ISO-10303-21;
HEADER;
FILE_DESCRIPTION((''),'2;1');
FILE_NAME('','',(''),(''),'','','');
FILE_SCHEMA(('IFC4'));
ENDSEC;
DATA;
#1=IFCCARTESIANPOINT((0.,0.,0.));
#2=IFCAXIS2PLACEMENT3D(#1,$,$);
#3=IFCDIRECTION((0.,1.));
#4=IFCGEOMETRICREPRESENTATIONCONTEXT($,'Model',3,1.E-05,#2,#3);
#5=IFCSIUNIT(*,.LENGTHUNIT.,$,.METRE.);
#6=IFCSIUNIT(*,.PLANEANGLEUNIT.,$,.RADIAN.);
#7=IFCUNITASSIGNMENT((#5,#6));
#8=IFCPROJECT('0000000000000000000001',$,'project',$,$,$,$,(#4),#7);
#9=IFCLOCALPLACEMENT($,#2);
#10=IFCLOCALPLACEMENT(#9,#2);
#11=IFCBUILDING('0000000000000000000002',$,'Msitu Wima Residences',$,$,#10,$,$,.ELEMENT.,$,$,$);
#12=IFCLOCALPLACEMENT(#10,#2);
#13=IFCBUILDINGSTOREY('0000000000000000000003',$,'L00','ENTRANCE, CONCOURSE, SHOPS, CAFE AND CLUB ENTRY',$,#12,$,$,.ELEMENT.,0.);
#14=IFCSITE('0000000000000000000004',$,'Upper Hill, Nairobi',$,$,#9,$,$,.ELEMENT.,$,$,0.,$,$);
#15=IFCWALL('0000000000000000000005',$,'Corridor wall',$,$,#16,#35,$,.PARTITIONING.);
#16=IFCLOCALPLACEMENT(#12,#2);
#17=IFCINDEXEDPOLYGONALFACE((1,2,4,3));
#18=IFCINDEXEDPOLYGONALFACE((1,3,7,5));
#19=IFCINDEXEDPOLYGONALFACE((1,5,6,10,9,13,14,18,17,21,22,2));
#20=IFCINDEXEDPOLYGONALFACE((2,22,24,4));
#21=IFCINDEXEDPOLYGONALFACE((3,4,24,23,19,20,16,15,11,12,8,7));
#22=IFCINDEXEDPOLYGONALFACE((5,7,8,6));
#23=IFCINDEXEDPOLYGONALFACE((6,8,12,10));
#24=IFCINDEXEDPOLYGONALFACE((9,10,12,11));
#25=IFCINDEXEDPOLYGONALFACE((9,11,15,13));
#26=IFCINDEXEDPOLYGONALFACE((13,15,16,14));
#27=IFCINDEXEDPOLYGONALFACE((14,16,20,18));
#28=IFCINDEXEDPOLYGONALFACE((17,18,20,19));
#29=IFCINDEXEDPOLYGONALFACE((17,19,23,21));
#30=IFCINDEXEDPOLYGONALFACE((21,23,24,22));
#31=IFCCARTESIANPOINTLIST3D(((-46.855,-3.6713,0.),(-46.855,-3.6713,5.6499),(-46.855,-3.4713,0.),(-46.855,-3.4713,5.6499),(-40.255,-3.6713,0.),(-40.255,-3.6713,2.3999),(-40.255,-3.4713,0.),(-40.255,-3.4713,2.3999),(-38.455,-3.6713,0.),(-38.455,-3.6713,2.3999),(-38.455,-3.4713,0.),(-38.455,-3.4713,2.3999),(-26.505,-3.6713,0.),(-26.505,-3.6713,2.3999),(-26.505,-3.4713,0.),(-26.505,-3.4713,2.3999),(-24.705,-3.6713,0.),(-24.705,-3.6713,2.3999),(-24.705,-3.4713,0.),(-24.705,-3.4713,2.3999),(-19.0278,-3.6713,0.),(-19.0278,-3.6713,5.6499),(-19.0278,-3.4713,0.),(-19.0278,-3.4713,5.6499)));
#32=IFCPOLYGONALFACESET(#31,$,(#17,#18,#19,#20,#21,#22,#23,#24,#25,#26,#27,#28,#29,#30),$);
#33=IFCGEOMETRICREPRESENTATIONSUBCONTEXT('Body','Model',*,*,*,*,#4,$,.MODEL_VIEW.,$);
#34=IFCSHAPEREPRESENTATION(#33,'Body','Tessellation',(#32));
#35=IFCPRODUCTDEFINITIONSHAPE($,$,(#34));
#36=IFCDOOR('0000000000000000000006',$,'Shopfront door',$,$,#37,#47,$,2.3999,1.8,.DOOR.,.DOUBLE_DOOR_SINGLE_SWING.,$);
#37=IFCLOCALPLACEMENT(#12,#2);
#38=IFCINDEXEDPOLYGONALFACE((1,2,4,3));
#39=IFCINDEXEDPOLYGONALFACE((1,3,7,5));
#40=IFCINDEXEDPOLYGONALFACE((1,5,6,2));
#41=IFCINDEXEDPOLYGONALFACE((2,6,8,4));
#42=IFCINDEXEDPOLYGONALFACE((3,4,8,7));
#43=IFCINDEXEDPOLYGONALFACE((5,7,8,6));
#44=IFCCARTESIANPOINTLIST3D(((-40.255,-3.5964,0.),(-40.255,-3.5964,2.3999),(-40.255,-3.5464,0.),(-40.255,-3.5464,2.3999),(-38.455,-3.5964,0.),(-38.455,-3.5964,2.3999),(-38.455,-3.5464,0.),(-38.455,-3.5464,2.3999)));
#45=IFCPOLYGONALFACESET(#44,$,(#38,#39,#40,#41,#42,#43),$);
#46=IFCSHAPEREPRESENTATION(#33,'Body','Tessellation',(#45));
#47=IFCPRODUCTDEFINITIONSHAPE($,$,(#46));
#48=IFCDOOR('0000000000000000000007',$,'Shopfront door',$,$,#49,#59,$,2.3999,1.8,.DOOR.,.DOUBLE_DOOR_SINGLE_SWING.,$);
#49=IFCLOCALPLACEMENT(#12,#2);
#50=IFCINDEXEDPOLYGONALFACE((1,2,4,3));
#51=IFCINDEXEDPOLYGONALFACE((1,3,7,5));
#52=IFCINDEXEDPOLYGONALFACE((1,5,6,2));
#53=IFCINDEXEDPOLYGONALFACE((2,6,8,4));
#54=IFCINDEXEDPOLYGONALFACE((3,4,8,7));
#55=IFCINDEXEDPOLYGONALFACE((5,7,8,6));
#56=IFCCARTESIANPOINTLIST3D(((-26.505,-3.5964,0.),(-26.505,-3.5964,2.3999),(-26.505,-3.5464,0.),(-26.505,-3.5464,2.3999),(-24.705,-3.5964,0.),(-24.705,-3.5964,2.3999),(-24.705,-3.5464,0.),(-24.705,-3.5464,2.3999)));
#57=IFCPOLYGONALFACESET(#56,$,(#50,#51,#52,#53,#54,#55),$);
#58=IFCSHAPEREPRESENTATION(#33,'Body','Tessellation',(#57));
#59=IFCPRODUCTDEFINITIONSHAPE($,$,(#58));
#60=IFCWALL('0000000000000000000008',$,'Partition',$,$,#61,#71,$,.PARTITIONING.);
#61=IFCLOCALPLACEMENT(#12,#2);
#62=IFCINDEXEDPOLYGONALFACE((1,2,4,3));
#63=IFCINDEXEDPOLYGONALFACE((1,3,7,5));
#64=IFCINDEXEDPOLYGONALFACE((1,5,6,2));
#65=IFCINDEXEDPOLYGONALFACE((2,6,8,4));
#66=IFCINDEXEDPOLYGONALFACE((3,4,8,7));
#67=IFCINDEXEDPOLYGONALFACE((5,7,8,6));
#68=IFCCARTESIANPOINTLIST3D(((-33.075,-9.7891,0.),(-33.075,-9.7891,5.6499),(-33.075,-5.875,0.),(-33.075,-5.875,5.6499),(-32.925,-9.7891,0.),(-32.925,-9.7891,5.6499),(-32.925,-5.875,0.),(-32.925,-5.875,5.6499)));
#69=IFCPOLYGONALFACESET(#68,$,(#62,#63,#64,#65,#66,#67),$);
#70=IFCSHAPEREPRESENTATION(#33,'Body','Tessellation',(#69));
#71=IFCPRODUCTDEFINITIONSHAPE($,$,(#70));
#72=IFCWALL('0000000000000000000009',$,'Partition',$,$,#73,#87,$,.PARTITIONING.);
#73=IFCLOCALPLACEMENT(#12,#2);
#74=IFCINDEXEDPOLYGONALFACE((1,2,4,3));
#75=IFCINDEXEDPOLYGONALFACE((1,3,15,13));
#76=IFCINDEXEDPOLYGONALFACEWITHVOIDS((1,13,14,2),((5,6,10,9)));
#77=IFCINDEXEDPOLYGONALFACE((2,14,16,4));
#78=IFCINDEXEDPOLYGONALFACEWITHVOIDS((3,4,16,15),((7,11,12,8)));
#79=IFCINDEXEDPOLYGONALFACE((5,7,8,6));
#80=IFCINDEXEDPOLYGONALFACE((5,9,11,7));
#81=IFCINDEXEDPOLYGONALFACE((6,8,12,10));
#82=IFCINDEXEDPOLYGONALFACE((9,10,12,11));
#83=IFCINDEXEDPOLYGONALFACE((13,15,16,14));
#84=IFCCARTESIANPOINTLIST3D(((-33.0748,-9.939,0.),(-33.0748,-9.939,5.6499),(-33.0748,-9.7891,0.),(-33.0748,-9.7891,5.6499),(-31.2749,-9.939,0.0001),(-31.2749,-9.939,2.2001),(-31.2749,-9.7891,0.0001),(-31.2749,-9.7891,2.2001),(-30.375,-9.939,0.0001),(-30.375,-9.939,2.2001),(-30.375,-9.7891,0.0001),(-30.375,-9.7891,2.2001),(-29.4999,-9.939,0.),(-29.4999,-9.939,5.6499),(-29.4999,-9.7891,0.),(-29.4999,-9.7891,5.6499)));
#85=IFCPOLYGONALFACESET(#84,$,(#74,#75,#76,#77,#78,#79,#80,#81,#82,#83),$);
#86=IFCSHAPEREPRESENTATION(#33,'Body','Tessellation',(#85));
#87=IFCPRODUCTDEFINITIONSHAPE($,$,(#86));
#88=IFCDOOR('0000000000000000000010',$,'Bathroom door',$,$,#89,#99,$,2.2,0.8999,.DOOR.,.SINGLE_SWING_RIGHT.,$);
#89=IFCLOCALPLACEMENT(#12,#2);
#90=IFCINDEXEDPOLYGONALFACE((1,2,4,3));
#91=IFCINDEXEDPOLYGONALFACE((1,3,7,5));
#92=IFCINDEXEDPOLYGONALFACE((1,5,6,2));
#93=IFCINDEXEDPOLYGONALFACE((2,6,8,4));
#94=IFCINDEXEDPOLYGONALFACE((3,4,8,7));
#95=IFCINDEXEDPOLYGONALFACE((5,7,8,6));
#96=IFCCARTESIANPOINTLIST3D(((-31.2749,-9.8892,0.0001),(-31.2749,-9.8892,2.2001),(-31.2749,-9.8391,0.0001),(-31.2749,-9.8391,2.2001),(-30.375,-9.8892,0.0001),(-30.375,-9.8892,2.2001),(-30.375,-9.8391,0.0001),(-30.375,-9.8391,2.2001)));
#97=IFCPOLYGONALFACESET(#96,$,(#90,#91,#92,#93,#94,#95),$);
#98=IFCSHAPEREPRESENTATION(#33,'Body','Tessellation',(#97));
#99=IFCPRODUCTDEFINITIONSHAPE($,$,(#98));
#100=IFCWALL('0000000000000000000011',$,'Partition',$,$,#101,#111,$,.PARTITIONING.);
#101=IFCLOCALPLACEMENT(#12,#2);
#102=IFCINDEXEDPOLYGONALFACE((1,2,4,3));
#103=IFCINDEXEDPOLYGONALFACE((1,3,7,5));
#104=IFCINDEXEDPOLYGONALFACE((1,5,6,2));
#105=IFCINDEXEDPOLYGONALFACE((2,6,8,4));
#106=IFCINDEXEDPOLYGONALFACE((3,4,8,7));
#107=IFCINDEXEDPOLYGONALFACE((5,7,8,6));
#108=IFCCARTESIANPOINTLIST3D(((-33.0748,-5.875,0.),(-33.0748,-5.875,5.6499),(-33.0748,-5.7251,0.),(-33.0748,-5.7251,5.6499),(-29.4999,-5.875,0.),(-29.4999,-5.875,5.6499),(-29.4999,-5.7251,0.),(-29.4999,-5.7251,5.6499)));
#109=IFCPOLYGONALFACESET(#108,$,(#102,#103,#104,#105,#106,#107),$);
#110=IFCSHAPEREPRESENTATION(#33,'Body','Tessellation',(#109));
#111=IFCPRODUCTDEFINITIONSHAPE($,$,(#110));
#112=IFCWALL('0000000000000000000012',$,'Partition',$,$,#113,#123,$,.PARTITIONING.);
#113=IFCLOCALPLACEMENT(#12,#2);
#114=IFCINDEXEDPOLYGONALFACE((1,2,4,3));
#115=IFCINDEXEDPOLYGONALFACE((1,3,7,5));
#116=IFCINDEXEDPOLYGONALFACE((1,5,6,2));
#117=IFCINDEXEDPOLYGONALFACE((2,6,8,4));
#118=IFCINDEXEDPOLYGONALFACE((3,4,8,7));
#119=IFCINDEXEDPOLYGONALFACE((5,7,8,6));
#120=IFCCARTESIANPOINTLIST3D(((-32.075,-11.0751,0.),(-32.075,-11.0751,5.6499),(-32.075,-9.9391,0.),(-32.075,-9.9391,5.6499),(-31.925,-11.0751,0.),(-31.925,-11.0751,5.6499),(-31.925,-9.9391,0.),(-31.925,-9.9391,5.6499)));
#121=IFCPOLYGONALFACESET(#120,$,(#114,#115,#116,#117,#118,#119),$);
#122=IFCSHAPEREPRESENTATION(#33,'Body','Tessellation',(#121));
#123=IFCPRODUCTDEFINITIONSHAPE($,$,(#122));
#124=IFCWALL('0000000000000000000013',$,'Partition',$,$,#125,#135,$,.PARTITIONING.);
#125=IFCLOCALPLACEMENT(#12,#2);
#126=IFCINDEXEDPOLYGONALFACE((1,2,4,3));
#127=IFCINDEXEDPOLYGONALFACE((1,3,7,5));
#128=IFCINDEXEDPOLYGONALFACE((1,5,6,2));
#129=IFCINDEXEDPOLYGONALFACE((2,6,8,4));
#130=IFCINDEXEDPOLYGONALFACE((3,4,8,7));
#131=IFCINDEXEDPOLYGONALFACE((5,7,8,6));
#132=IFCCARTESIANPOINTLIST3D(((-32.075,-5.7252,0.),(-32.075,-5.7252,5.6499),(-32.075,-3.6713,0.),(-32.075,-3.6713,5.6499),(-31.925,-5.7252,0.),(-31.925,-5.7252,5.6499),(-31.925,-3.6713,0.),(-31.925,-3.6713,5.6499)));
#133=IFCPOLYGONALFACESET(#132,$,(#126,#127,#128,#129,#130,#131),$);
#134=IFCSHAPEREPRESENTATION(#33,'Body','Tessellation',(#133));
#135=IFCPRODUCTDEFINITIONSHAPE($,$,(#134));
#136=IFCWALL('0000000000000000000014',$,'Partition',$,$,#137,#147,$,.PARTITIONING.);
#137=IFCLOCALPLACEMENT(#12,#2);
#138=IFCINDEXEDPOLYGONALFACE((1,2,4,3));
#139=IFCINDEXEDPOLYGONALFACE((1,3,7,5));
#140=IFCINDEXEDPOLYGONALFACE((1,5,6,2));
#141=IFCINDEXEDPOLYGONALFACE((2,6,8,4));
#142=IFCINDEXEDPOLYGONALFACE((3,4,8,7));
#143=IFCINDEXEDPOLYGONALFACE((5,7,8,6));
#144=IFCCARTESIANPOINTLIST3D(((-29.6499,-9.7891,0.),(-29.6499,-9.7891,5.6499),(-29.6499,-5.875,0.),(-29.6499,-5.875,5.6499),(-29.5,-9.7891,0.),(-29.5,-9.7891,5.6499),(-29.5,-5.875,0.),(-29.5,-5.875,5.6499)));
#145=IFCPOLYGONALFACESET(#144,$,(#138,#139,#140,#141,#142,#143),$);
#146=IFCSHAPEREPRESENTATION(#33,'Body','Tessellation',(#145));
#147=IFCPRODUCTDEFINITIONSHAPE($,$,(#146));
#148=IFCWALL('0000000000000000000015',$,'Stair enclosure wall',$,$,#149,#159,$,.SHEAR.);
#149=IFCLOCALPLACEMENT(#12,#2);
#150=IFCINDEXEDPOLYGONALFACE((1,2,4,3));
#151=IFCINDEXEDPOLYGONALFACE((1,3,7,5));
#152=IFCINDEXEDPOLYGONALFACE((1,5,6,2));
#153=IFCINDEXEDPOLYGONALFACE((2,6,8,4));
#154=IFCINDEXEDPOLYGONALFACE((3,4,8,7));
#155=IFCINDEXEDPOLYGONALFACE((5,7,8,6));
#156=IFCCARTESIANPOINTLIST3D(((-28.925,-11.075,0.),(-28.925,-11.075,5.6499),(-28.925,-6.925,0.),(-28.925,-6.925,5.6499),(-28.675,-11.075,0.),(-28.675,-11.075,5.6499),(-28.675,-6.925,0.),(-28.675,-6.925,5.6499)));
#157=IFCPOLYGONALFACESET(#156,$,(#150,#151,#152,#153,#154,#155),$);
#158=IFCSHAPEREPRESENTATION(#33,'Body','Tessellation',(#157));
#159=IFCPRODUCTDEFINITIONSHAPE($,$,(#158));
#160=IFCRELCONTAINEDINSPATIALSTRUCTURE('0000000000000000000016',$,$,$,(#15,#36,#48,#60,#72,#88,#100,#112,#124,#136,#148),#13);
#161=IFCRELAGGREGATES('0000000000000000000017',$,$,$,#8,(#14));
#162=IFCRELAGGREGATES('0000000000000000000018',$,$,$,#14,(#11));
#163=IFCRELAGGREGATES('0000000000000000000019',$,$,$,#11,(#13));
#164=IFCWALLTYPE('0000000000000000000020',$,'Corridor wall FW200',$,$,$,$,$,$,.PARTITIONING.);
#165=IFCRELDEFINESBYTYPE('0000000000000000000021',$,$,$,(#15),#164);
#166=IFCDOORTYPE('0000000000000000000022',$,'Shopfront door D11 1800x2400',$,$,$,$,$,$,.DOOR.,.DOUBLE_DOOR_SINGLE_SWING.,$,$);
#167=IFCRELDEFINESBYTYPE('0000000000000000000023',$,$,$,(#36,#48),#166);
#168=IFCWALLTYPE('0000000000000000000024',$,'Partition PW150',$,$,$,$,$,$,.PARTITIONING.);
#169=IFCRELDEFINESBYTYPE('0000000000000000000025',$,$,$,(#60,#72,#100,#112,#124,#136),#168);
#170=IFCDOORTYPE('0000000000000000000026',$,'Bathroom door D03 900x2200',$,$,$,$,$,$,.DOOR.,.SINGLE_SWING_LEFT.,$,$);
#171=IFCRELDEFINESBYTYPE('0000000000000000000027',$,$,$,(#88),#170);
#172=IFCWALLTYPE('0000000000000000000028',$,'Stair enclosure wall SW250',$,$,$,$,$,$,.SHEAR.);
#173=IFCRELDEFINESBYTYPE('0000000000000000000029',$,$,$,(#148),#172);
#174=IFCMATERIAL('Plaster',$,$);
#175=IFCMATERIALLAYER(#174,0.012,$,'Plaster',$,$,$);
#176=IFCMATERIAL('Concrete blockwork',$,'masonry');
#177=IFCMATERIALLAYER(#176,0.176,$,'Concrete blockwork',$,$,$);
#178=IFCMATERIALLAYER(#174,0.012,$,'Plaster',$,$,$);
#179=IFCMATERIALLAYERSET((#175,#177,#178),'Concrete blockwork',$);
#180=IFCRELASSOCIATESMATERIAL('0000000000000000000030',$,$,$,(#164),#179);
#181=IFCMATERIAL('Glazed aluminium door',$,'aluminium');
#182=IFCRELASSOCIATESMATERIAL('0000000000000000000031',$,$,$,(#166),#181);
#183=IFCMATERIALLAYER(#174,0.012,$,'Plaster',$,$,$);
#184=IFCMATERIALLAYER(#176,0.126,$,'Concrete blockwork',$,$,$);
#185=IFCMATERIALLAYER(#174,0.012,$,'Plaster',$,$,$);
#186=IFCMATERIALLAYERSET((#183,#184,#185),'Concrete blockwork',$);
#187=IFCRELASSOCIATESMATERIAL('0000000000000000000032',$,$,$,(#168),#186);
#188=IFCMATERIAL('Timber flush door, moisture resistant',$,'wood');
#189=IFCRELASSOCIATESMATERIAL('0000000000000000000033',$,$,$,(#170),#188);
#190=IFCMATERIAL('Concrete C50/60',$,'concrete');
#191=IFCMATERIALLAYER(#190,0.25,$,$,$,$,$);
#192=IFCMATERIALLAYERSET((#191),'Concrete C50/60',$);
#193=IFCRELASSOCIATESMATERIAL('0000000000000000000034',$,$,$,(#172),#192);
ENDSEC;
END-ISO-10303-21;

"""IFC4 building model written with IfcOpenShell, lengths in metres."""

from ifc_helpers import new_model, si_unit, direction, frame, frame_2d, origin, place, context, subcontext, project, spatial, rectangle, extrude, material, layer, layer_set, type_object, element, fill, save


model = new_model("IFC4")

# Units and contexts
model_context = context("Model", 3, precision=1e-05, world=origin(), true_north=direction((0.0, 1.0)))
body_context = subcontext(model_context, "Body", "Model", "MODEL_VIEW")
ifc_project = project(units=[si_unit("LENGTHUNIT", "METRE"), si_unit("PLANEANGLEUNIT", "RADIAN")], contexts=[model_context])

# Site, building, storey
site_placement = place(None, origin())
site = spatial("IfcSite", under=ifc_project, at=site_placement, Name="Upper Hill, Nairobi", CompositionType="ELEMENT", RefElevation=0.0)
building_placement = place(site_placement, origin())
building = spatial("IfcBuilding", under=site, at=building_placement, Name="Msitu Wima Residences", CompositionType="ELEMENT")
storey_placement = place(building_placement, origin())
storey = spatial("IfcBuildingStorey", under=building, at=storey_placement, Name="L00", Description="ENTRANCE, CONCOURSE, SHOPS, CAFE AND CLUB ENTRY", CompositionType="ELEMENT", Elevation=0.0)

# Wall, openings, doors
ifc_material_1 = material(Name="Plaster")
ifc_layer_1 = layer(ifc_material_1, 0.012, Name="Plaster")
ifc_material_2 = material(Name="Concrete blockwork", Category="masonry")
ifc_layer_2 = layer(ifc_material_2, 0.176, Name="Concrete blockwork")
ifc_layer_3 = layer(ifc_material_1, 0.012, Name="Plaster")
ifc_layer_set_1 = layer_set([ifc_layer_1, ifc_layer_2, ifc_layer_3], Name="Concrete blockwork")
wall_type_1 = type_object("IfcWallType", Name="Corridor wall FW200", PredefinedType="PARTITIONING", material=ifc_layer_set_1)
wall_1_placement = place(storey_placement, frame((-46.855, -3.5713, 0.0), z_axis=(0.0, 0.0, 1.0), x_axis=(1.0, 0.0, 0.0)))
wall_1 = element("IfcWall", 1, at=wall_1_placement, inside=storey, type_object=wall_type_1, Name="Corridor wall", PredefinedType="PARTITIONING", context=body_context, shape_type="SweptSolid", body=[
    extrude(rectangle(XDim=27.8271, YDim=0.2, at=frame_2d((13.9136, 0.0))), origin(), (0.0, 0.0, 1.0), 5.6499),
])
opening_1_placement = place(wall_1_placement, frame((6.6001, 0.0, 0.0)))
opening_1 = element("IfcOpeningElement", 2, at=opening_1_placement, cuts=wall_1, PredefinedType="OPENING", context=body_context, shape_type="SweptSolid", body=[
    extrude(rectangle(XDim=1.8, YDim=2.3999, at=frame_2d((0.8999, 1.2))), frame((0.0, 0.1099, 0.0), z_axis=(0.0, -1.0, 0.0), x_axis=(1.0, 0.0, 0.0)), (0.0, 0.0, 1.0), 0.22),
])
opening_2_placement = place(wall_1_placement, frame((20.3501, 0.0, 0.0)))
opening_2 = element("IfcOpeningElement", 3, at=opening_2_placement, cuts=wall_1, PredefinedType="OPENING", context=body_context, shape_type="SweptSolid", body=[
    extrude(rectangle(XDim=1.8, YDim=2.3999, at=frame_2d((0.8999, 1.2))), frame((0.0, 0.1099, 0.0), z_axis=(0.0, -1.0, 0.0), x_axis=(1.0, 0.0, 0.0)), (0.0, 0.0, 1.0), 0.22),
])
ifc_material_3 = material(Name="Glazed aluminium door", Category="aluminium")
door_type_1 = type_object("IfcDoorType", Name="Shopfront door D11 1800x2400", OperationType="DOUBLE_DOOR_SINGLE_SWING", PredefinedType="DOOR", material=ifc_material_3)
door_1_placement = place(opening_1_placement, origin())
door_1 = element("IfcDoor", 4, at=door_1_placement, inside=storey, type_object=door_type_1, Name="Shopfront door", OperationType="DOUBLE_DOOR_SINGLE_SWING", OverallHeight=2.3999, OverallWidth=1.8, PredefinedType="DOOR", context=body_context, shape_type="SweptSolid", body=[
    extrude(rectangle(XDim=1.8, YDim=2.3999, at=frame_2d((0.8999, 1.2))), frame((0.0, 0.0249, 0.0), z_axis=(0.0, -1.0, 0.0), x_axis=(1.0, 0.0, 0.0)), (0.0, 0.0, 1.0), 0.05),
])
fill(opening_1, door_1)
door_2_placement = place(opening_2_placement, origin())
door_2 = element("IfcDoor", 5, at=door_2_placement, inside=storey, type_object=door_type_1, Name="Shopfront door", OperationType="DOUBLE_DOOR_SINGLE_SWING", OverallHeight=2.3999, OverallWidth=1.8, PredefinedType="DOOR", context=body_context, shape_type="SweptSolid", body=[
    extrude(rectangle(XDim=1.8, YDim=2.3999, at=frame_2d((0.8999, 1.2))), frame((0.0, 0.0249, 0.0), z_axis=(0.0, -1.0, 0.0), x_axis=(1.0, 0.0, 0.0)), (0.0, 0.0, 1.0), 0.05),
])
fill(opening_2, door_2)

# Wall
ifc_layer_4 = layer(ifc_material_1, 0.012, Name="Plaster")
ifc_layer_5 = layer(ifc_material_2, 0.126, Name="Concrete blockwork")
ifc_layer_6 = layer(ifc_material_1, 0.012, Name="Plaster")
ifc_layer_set_2 = layer_set([ifc_layer_4, ifc_layer_5, ifc_layer_6], Name="Concrete blockwork")
wall_type_2 = type_object("IfcWallType", Name="Partition PW150", PredefinedType="PARTITIONING", material=ifc_layer_set_2)
wall_2_placement = place(storey_placement, frame((-33.0, -9.7891, 0.0), z_axis=(0.0, 0.0, 1.0), x_axis=(0.0, 1.0, 0.0)))
element("IfcWall", 6, at=wall_2_placement, inside=storey, type_object=wall_type_2, Name="Partition", PredefinedType="PARTITIONING", context=body_context, shape_type="SweptSolid", body=[
    extrude(rectangle(XDim=3.9141, YDim=0.1499, at=frame_2d((1.957, 0.0))), origin(), (0.0, 0.0, 1.0), 5.6499),
])

# Wall, opening, door
wall_3_placement = place(storey_placement, frame((-33.075, -9.864, 0.0), z_axis=(0.0, 0.0, 1.0), x_axis=(1.0, 0.0, 0.0)))
wall_3 = element("IfcWall", 7, at=wall_3_placement, inside=storey, type_object=wall_type_2, Name="Partition", PredefinedType="PARTITIONING", context=body_context, shape_type="SweptSolid", body=[
    extrude(rectangle(XDim=3.575, YDim=0.1499, at=frame_2d((1.7876, 0.0))), origin(), (0.0, 0.0, 1.0), 5.6499),
])
opening_3_placement = place(wall_3_placement, frame((1.8, 0.0, 0.0)))
opening_3 = element("IfcOpeningElement", 8, at=opening_3_placement, cuts=wall_3, PredefinedType="OPENING", context=body_context, shape_type="SweptSolid", body=[
    extrude(rectangle(XDim=0.8999, YDim=2.2, at=frame_2d((0.45, 1.1001))), frame((0.0, 0.085, 0.0), z_axis=(0.0, -1.0, 0.0), x_axis=(1.0, 0.0, 0.0)), (0.0, 0.0, 1.0), 0.1699),
])
ifc_material_4 = material(Name="Timber flush door, moisture resistant", Category="wood")
door_type_2 = type_object("IfcDoorType", Name="Bathroom door D03 900x2200", OperationType="SINGLE_SWING_LEFT", PredefinedType="DOOR", material=ifc_material_4)
door_3_placement = place(opening_3_placement, origin())
door_3 = element("IfcDoor", 9, at=door_3_placement, inside=storey, type_object=door_type_2, Name="Bathroom door", OperationType="SINGLE_SWING_RIGHT", OverallHeight=2.2, OverallWidth=0.8999, PredefinedType="DOOR", context=body_context, shape_type="SweptSolid", body=[
    extrude(rectangle(XDim=0.8999, YDim=2.2, at=frame_2d((0.45, 1.1001))), frame((0.0, 0.0249, 0.0), z_axis=(0.0, -1.0, 0.0), x_axis=(1.0, 0.0, 0.0)), (0.0, 0.0, 1.0), 0.05),
])
fill(opening_3, door_3)

# Walls
wall_4_placement = place(storey_placement, frame((-33.075, -5.8, 0.0), z_axis=(0.0, 0.0, 1.0), x_axis=(1.0, 0.0, 0.0)))
element("IfcWall", 10, at=wall_4_placement, inside=storey, type_object=wall_type_2, Name="Partition", PredefinedType="PARTITIONING", context=body_context, shape_type="SweptSolid", body=[
    extrude(rectangle(XDim=3.575, YDim=0.1499, at=frame_2d((1.7876, 0.0))), origin(), (0.0, 0.0, 1.0), 5.6499),
])
wall_5_placement = place(storey_placement, frame((-32.0, -11.075, 0.0), z_axis=(0.0, 0.0, 1.0), x_axis=(0.0, 1.0, 0.0)))
element("IfcWall", 11, at=wall_5_placement, inside=storey, type_object=wall_type_2, Name="Partition", PredefinedType="PARTITIONING", context=body_context, shape_type="SweptSolid", body=[
    extrude(rectangle(XDim=1.136, YDim=0.1499, at=frame_2d((0.5679, 0.0))), origin(), (0.0, 0.0, 1.0), 5.6499),
])
wall_6_placement = place(storey_placement, frame((-32.0, -5.7251, 0.0), z_axis=(0.0, 0.0, 1.0), x_axis=(0.0, 1.0, 0.0)))
element("IfcWall", 12, at=wall_6_placement, inside=storey, type_object=wall_type_2, Name="Partition", PredefinedType="PARTITIONING", context=body_context, shape_type="SweptSolid", body=[
    extrude(rectangle(XDim=2.054, YDim=0.1499, at=frame_2d((1.0269, 0.0))), origin(), (0.0, 0.0, 1.0), 5.6499),
])
wall_7_placement = place(storey_placement, frame((-29.575, -9.7891, 0.0), z_axis=(0.0, 0.0, 1.0), x_axis=(0.0, 1.0, 0.0)))
element("IfcWall", 13, at=wall_7_placement, inside=storey, type_object=wall_type_2, Name="Partition", PredefinedType="PARTITIONING", context=body_context, shape_type="SweptSolid", body=[
    extrude(rectangle(XDim=3.9141, YDim=0.1499, at=frame_2d((1.957, 0.0))), origin(), (0.0, 0.0, 1.0), 5.6499),
])
ifc_material_5 = material(Name="Concrete C50/60", Category="concrete")
ifc_layer_7 = layer(ifc_material_5, 0.25)
ifc_layer_set_3 = layer_set([ifc_layer_7], Name="Concrete C50/60")
wall_type_3 = type_object("IfcWallType", Name="Stair enclosure wall SW250", PredefinedType="SHEAR", material=ifc_layer_set_3)
wall_8_placement = place(storey_placement, frame((-28.8, -11.075, 0.0), z_axis=(0.0, 0.0, 1.0), x_axis=(0.0, 1.0, 0.0)))
element("IfcWall", 14, at=wall_8_placement, inside=storey, type_object=wall_type_3, Name="Stair enclosure wall", PredefinedType="SHEAR", context=body_context, shape_type="SweptSolid", body=[
    extrude(rectangle(XDim=4.1499, YDim=0.25, at=frame_2d((2.075, 0.0))), origin(), (0.0, 0.0, 1.0), 5.6499),
])

save(model, "model.ifc")
